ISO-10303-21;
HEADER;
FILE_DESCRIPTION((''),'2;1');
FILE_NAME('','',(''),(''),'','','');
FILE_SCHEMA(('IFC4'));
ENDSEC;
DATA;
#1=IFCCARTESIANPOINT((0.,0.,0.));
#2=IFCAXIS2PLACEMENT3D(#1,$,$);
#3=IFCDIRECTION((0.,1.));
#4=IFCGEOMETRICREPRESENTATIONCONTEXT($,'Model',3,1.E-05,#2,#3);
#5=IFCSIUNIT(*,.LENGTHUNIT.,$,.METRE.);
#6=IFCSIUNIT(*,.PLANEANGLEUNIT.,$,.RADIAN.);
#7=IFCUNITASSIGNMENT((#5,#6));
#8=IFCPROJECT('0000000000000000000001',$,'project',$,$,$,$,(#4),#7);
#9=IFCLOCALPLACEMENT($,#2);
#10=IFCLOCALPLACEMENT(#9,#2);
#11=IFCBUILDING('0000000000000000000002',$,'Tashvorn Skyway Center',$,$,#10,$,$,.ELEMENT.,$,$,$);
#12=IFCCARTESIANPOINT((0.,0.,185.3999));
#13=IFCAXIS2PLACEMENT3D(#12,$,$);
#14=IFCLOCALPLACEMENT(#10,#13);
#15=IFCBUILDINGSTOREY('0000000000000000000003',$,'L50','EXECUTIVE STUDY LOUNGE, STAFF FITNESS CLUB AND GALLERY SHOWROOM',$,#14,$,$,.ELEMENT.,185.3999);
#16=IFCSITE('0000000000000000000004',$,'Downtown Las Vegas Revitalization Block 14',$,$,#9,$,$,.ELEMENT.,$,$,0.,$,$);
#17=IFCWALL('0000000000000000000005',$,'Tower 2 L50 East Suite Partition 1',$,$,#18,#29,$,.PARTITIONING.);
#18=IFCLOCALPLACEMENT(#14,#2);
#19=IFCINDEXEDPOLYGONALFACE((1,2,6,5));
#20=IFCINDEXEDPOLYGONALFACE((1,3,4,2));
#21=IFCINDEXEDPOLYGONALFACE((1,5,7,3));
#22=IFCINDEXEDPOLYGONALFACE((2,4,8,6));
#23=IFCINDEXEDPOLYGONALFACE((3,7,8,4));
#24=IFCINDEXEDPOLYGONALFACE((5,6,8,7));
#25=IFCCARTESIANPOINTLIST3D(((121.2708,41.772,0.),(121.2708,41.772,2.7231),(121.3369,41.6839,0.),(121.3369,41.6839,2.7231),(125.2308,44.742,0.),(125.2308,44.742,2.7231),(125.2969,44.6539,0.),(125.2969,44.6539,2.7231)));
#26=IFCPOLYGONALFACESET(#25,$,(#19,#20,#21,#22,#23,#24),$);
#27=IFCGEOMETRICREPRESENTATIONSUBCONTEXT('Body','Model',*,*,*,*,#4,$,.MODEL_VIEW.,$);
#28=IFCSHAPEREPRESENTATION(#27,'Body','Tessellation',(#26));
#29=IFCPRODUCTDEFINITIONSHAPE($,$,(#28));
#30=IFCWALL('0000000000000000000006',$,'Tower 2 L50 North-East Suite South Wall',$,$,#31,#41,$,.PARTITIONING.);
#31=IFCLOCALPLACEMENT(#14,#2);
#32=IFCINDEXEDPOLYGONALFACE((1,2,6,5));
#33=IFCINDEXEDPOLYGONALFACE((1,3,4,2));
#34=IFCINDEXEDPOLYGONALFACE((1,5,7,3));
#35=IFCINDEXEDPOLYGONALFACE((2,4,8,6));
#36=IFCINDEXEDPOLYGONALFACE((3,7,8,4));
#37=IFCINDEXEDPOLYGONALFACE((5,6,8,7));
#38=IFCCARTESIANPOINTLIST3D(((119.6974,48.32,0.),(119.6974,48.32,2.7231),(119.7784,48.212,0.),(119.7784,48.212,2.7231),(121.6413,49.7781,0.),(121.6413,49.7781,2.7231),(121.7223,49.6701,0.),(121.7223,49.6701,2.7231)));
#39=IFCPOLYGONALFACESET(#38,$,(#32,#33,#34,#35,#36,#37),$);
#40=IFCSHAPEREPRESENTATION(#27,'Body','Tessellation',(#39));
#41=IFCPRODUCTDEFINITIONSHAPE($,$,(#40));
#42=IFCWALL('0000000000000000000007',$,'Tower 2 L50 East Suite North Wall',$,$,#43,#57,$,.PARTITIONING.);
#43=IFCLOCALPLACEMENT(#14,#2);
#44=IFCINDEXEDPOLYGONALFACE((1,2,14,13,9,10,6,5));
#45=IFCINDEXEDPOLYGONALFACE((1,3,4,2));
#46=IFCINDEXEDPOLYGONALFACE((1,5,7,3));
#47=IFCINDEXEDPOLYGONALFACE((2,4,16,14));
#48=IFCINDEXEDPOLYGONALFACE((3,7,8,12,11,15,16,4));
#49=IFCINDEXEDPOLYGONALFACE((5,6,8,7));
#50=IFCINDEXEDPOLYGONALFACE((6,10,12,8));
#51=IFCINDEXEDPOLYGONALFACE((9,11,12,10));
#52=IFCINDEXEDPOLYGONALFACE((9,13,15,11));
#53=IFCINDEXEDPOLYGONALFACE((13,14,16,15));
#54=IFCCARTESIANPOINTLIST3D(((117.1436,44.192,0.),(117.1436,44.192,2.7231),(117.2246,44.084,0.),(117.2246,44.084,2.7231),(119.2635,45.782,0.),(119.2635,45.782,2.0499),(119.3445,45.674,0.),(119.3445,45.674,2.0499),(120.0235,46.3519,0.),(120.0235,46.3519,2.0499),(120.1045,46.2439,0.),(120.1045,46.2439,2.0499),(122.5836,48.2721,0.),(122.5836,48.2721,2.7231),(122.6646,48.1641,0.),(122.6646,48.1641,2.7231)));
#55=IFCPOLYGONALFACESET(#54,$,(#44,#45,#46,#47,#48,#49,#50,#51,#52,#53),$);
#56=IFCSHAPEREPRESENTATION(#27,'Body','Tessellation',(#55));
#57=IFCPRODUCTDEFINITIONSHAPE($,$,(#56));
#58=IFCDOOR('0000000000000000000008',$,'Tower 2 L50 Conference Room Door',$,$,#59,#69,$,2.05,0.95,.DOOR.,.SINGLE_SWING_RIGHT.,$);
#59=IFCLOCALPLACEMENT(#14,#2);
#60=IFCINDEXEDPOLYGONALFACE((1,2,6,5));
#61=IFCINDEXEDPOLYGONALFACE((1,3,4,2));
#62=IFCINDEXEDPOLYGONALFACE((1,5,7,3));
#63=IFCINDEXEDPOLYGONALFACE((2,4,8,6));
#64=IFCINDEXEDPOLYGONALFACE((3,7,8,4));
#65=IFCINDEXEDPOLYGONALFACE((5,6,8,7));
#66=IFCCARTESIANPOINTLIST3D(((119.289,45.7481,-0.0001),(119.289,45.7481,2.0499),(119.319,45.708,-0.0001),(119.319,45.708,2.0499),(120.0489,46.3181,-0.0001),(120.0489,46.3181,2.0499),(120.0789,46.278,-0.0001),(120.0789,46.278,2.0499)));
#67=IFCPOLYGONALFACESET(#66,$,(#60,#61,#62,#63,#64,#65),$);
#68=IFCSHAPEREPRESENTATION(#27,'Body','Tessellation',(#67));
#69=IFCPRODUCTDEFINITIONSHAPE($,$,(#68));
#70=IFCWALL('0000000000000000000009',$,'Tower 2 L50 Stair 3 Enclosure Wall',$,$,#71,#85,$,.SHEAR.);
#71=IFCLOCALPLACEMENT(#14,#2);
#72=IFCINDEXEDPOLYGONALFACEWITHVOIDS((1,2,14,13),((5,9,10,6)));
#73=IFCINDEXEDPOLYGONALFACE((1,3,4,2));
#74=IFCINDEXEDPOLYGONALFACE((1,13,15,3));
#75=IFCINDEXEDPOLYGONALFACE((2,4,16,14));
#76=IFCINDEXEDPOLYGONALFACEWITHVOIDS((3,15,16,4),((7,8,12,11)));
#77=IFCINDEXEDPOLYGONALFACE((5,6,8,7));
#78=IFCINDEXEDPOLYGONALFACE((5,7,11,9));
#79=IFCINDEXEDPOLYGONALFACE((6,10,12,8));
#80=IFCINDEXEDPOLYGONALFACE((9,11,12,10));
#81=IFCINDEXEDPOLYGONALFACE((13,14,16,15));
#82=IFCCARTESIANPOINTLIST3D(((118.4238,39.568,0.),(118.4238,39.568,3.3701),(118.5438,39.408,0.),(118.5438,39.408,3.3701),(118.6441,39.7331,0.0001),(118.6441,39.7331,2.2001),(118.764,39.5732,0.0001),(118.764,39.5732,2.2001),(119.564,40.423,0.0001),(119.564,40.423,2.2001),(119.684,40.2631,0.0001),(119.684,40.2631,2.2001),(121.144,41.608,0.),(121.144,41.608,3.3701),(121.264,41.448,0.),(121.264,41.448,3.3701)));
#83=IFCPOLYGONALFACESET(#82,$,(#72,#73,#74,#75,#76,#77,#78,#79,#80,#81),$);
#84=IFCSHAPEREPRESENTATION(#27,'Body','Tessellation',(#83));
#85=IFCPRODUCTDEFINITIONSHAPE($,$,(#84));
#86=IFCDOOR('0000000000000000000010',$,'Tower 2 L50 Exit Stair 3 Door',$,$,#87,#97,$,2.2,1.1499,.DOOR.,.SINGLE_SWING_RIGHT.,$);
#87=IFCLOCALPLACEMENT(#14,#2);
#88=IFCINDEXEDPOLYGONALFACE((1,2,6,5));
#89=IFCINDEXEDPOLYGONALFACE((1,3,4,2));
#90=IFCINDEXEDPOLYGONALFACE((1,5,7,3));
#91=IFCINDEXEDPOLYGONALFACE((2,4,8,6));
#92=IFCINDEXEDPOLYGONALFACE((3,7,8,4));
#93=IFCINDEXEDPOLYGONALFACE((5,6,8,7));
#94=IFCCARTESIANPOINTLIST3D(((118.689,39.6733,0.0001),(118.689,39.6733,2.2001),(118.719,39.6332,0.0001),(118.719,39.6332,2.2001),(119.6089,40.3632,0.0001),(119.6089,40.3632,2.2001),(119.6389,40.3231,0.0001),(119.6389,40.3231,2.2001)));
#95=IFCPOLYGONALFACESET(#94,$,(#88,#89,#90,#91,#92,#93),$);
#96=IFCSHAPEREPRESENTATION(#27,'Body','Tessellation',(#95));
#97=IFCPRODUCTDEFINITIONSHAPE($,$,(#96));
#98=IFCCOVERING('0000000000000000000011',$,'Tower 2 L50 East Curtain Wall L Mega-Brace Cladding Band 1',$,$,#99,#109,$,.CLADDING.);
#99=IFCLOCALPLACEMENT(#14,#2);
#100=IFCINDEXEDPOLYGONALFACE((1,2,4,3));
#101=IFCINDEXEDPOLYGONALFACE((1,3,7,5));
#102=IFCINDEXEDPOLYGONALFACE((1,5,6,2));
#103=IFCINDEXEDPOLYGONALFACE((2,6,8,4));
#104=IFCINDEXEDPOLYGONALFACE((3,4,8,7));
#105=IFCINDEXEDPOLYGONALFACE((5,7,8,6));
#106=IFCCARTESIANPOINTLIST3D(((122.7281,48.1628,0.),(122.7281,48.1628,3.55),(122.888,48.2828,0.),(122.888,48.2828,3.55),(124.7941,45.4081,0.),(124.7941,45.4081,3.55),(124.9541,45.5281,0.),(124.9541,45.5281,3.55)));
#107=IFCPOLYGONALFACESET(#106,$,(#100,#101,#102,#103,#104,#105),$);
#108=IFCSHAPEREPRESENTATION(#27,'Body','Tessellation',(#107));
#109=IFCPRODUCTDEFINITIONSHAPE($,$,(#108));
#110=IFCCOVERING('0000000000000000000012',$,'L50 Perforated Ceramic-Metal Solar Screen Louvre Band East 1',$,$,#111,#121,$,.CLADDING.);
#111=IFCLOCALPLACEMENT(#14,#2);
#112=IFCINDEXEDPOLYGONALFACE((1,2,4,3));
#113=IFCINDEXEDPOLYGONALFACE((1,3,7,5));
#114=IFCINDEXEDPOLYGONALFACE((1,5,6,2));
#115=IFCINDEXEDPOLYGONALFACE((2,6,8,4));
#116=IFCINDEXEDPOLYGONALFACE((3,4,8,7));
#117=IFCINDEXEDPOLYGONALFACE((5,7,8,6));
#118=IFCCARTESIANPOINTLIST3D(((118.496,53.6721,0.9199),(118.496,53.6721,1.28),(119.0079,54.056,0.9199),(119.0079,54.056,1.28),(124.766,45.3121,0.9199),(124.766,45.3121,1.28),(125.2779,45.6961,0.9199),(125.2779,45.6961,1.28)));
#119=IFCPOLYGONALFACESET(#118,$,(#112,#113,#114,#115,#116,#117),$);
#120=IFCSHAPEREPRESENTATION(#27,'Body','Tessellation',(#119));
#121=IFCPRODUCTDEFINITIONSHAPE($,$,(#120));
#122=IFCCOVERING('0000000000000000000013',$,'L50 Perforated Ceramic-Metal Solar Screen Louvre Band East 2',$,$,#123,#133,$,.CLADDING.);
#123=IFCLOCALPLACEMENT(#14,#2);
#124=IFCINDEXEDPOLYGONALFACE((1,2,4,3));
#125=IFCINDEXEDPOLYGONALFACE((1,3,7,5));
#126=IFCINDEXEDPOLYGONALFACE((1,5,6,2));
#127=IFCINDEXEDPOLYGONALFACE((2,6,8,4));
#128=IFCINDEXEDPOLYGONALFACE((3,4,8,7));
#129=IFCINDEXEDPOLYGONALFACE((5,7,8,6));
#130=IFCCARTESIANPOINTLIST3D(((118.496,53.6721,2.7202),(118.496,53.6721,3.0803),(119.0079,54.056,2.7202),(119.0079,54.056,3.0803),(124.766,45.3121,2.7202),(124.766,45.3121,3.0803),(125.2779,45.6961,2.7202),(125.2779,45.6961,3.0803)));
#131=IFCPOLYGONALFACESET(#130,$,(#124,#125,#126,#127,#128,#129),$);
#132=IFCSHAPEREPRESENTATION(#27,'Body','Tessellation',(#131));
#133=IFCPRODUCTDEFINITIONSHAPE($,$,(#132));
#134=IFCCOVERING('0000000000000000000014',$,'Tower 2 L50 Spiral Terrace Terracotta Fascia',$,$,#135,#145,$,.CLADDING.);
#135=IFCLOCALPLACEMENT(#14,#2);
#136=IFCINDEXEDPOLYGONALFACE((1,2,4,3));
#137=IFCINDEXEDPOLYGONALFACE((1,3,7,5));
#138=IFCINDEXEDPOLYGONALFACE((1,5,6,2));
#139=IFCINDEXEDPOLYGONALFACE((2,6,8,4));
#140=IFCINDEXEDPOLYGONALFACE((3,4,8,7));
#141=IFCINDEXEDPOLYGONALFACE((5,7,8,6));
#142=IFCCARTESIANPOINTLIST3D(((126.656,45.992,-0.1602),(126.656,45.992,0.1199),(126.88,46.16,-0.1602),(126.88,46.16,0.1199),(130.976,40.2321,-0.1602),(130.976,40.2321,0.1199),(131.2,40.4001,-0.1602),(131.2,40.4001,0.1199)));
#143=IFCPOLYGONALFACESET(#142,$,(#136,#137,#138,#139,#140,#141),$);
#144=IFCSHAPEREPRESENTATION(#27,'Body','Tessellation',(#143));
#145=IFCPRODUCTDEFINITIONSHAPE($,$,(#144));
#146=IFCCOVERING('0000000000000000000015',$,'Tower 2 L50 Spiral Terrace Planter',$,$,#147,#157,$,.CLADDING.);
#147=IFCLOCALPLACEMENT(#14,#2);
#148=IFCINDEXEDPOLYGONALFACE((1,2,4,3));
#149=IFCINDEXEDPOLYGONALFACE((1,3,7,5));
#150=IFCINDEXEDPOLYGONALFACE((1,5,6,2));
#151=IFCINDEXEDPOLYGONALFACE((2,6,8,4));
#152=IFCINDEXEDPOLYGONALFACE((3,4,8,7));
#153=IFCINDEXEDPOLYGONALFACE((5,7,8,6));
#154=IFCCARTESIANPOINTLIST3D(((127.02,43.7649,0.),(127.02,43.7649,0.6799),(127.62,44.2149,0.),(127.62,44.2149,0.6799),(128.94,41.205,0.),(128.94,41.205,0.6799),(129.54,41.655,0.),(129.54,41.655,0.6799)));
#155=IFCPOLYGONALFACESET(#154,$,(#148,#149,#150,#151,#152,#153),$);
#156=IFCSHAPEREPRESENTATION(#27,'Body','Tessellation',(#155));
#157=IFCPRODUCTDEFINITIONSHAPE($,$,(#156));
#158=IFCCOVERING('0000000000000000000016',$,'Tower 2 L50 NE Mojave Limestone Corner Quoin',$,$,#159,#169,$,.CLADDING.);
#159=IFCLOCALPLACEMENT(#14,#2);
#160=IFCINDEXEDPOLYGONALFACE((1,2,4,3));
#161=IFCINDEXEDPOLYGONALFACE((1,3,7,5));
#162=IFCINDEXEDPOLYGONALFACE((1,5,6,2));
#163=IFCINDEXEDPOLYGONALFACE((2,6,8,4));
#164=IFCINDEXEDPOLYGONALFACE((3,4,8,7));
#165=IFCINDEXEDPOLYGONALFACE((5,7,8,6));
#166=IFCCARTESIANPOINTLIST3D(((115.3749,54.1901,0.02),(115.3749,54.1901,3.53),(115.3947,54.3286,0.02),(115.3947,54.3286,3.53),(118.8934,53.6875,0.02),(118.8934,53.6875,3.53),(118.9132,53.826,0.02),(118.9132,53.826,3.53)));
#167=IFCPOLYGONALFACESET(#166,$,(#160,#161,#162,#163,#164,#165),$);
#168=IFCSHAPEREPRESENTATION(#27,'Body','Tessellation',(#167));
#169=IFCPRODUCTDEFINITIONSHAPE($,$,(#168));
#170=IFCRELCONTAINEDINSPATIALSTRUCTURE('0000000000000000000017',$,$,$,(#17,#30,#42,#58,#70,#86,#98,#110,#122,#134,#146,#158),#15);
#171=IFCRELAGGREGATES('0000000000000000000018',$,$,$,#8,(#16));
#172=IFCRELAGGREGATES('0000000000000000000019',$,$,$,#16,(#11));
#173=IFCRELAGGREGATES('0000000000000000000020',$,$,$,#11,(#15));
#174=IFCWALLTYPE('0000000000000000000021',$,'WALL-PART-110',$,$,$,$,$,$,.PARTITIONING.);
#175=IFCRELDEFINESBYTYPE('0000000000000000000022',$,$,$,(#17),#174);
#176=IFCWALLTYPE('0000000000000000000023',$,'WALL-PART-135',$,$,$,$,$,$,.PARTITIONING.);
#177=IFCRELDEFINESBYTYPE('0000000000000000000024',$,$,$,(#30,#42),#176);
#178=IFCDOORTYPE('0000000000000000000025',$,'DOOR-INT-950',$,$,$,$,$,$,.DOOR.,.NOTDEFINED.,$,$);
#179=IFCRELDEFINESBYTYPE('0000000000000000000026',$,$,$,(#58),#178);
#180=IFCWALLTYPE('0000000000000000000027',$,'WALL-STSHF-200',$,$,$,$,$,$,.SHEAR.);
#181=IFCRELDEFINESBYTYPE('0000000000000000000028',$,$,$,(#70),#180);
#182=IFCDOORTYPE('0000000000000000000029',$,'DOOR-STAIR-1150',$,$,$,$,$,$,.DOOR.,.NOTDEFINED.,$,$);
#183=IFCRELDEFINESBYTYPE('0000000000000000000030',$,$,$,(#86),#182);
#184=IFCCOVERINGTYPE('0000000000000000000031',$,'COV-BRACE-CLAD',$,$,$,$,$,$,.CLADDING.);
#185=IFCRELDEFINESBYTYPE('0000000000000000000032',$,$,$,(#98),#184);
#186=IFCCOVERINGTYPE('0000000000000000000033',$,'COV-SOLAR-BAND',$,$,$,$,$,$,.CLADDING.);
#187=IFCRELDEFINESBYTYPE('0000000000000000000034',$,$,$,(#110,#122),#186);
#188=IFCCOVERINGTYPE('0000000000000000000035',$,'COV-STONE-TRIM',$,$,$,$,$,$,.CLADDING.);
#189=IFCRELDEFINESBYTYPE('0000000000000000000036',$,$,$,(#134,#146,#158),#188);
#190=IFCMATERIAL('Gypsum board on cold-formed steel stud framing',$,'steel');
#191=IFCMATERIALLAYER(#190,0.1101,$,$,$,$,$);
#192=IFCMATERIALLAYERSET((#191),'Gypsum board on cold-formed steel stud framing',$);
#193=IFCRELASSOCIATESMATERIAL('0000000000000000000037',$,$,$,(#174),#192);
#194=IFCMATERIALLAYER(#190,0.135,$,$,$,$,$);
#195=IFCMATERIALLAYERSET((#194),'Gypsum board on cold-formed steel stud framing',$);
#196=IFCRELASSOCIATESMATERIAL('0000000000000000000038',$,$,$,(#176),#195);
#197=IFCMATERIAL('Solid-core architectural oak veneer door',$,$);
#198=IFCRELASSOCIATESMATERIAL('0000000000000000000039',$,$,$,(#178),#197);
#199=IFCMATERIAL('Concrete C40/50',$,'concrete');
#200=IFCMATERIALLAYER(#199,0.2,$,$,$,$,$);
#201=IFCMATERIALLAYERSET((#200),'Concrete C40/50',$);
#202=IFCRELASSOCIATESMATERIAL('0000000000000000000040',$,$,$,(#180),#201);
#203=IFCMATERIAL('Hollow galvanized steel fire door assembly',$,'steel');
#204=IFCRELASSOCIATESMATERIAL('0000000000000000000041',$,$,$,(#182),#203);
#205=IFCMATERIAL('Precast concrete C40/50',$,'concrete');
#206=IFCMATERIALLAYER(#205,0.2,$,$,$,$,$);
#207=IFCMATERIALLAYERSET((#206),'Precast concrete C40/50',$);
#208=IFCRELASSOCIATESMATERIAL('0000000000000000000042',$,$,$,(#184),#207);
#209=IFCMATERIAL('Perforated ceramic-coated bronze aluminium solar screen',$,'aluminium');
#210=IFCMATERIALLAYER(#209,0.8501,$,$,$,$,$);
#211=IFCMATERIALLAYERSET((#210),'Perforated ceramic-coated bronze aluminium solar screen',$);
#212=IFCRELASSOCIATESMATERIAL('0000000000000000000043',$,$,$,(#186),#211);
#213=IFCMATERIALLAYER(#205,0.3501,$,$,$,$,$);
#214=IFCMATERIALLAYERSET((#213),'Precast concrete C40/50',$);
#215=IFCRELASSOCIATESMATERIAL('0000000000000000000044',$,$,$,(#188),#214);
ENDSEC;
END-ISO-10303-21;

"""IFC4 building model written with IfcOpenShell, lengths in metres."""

from ifc_helpers import new_model, si_unit, direction, frame, frame_2d, origin, origin_2d, place, context, subcontext, project, spatial, rectangle, extrude, material, layer, layer_set, type_object, element, fill, save


model = new_model("IFC4")

# Units and contexts
model_context = context("Model", 3, precision=1e-05, world=origin(), true_north=direction((0.0, 1.0)))
body_context = subcontext(model_context, "Body", "Model", "MODEL_VIEW")
ifc_project = project(units=[si_unit("LENGTHUNIT", "METRE"), si_unit("PLANEANGLEUNIT", "RADIAN")], contexts=[model_context])

# Site, building, storey
site_placement = place(None, origin())
site = spatial("IfcSite", under=ifc_project, at=site_placement, Name="Downtown Las Vegas Revitalization Block 14", CompositionType="ELEMENT", RefElevation=0.0)
building_placement = place(site_placement, origin())
building = spatial("IfcBuilding", under=site, at=building_placement, Name="Tashvorn Skyway Center", CompositionType="ELEMENT")
storey_placement = place(building_placement, frame((0.0, 0.0, 185.3999)))
storey = spatial("IfcBuildingStorey", under=building, at=storey_placement, Name="L50", Description="EXECUTIVE STUDY LOUNGE, STAFF FITNESS CLUB AND GALLERY SHOWROOM", CompositionType="ELEMENT", Elevation=185.3999)

# Shared definitions
ifc_material_1 = material(Name="Precast concrete C40/50", Category="concrete")

# Walls
ifc_material_2 = material(Name="Gypsum board on cold-formed steel stud framing", Category="steel")
ifc_layer_1 = layer(ifc_material_2, 0.1101)
ifc_layer_set_1 = layer_set([ifc_layer_1], Name="Gypsum board on cold-formed steel stud framing")
wall_type_1 = type_object("IfcWallType", Name="WALL-PART-110", PredefinedType="PARTITIONING", material=ifc_layer_set_1)
wall_1_placement = place(storey_placement, frame((125.2639, 44.698, 0.0), z_axis=(0.0, 0.0, 1.0), x_axis=(-0.8, -0.6, 0.0)))
element("IfcWall", 1, at=wall_1_placement, inside=storey, type_object=wall_type_1, Name="Tower 2 L50 East Suite Partition 1", PredefinedType="PARTITIONING", context=body_context, shape_type="SweptSolid", body=[
    extrude(rectangle(XDim=4.95, YDim=0.1101, at=frame_2d((2.4751, 0.0))), origin(), (0.0, 0.0, 1.0), 2.7231),
])
ifc_layer_2 = layer(ifc_material_2, 0.135)
ifc_layer_set_2 = layer_set([ifc_layer_2], Name="Gypsum board on cold-formed steel stud framing")
wall_type_2 = type_object("IfcWallType", Name="WALL-PART-135", PredefinedType="PARTITIONING", material=ifc_layer_set_2)
wall_2_placement = place(storey_placement, frame((119.738, 48.2661, 0.0), z_axis=(0.0, 0.0, 1.0), x_axis=(0.799976, 0.600032, 0.0)))
element("IfcWall", 2, at=wall_2_placement, inside=storey, type_object=wall_type_2, Name="Tower 2 L50 North-East Suite South Wall", PredefinedType="PARTITIONING", context=body_context, shape_type="SweptSolid", body=[
    extrude(rectangle(XDim=2.4299, YDim=0.135, at=frame_2d((1.2148, 0.0))), origin(), (0.0, 0.0, 1.0), 2.7231),
])

# Walls, openings, doors
wall_3_placement = place(storey_placement, frame((122.624, 48.218, 0.0), z_axis=(0.0, 0.0, 1.0), x_axis=(-0.799991, -0.600011, 0.0)))
wall_3 = element("IfcWall", 3, at=wall_3_placement, inside=storey, type_object=wall_type_2, Name="Tower 2 L50 East Suite North Wall", PredefinedType="PARTITIONING", context=body_context, shape_type="SweptSolid", body=[
    extrude(rectangle(XDim=6.8, YDim=0.135, at=frame_2d((3.3999, 0.0))), origin(), (0.0, 0.0, 1.0), 2.7231),
])
opening_1_placement = place(wall_3_placement, frame((3.2, 0.0, 0.0)))
opening_1 = element("IfcOpeningElement", 4, at=opening_1_placement, cuts=wall_3, PredefinedType="OPENING", context=body_context, shape_type="SweptSolid", body=[
    extrude(rectangle(XDim=0.95, YDim=2.05, at=frame_2d((0.4751, 1.0249))), frame((0.0, 0.0774, 0.0), z_axis=(0.0, -1.0, 0.0), x_axis=(1.0, 0.0, 0.0)), (0.0, 0.0, 1.0), 0.155),
])
ifc_material_3 = material(Name="Solid-core architectural oak veneer door")
door_type_1 = type_object("IfcDoorType", Name="DOOR-INT-950", OperationType="NOTDEFINED", PredefinedType="DOOR", material=ifc_material_3)
door_1_placement = place(opening_1_placement, origin())
door_1 = element("IfcDoor", 5, at=door_1_placement, inside=storey, type_object=door_type_1, Name="Tower 2 L50 Conference Room Door", OperationType="SINGLE_SWING_RIGHT", OverallHeight=2.05, OverallWidth=0.95, PredefinedType="DOOR", context=body_context, shape_type="SweptSolid", body=[
    extrude(rectangle(XDim=0.95, YDim=2.05, at=frame_2d((0.4751, 1.0249))), frame((0.0, 0.0249, 0.0), z_axis=(0.0, -1.0, 0.0), x_axis=(1.0, 0.0, 0.0)), (0.0, 0.0, 1.0), 0.05),
])
fill(opening_1, door_1)
ifc_material_4 = material(Name="Concrete C40/50", Category="concrete")
ifc_layer_3 = layer(ifc_material_4, 0.2)
ifc_layer_set_3 = layer_set([ifc_layer_3], Name="Concrete C40/50")
wall_type_3 = type_object("IfcWallType", Name="WALL-STSHF-200", PredefinedType="SHEAR", material=ifc_layer_set_3)
wall_4_placement = place(storey_placement, frame((121.2041, 41.5281, 0.0), z_axis=(0.0, 0.0, 1.0), x_axis=(-0.800017, -0.599977, 0.0)))
wall_4 = element("IfcWall", 6, at=wall_4_placement, inside=storey, type_object=wall_type_3, Name="Tower 2 L50 Stair 3 Enclosure Wall", PredefinedType="SHEAR", context=body_context, shape_type="SweptSolid", body=[
    extrude(rectangle(XDim=3.4001, YDim=0.2, at=frame_2d((1.7002, 0.0))), origin(), (0.0, 0.0, 1.0), 3.3701),
])
opening_2_placement = place(wall_4_placement, frame((1.9751, 0.0, 0.0)))
opening_2 = element("IfcOpeningElement", 7, at=opening_2_placement, cuts=wall_4, PredefinedType="OPENING", context=body_context, shape_type="SweptSolid", body=[
    extrude(rectangle(XDim=1.1499, YDim=2.2, at=frame_2d((0.575, 1.1001))), frame((0.0, 0.1099, 0.0), z_axis=(0.0, -1.0, 0.0), x_axis=(1.0, 0.0, 0.0)), (0.0, 0.0, 1.0), 0.22),
])
ifc_material_5 = material(Name="Hollow galvanized steel fire door assembly", Category="steel")
door_type_2 = type_object("IfcDoorType", Name="DOOR-STAIR-1150", OperationType="NOTDEFINED", PredefinedType="DOOR", material=ifc_material_5)
door_2_placement = place(opening_2_placement, origin())
door_2 = element("IfcDoor", 8, at=door_2_placement, inside=storey, type_object=door_type_2, Name="Tower 2 L50 Exit Stair 3 Door", OperationType="SINGLE_SWING_RIGHT", OverallHeight=2.2, OverallWidth=1.1499, PredefinedType="DOOR", context=body_context, shape_type="SweptSolid", body=[
    extrude(rectangle(XDim=1.1499, YDim=2.2, at=frame_2d((0.575, 1.1001))), frame((0.0, 0.0249, 0.0), z_axis=(0.0, -1.0, 0.0), x_axis=(1.0, 0.0, 0.0)), (0.0, 0.0, 1.0), 0.05),
])
fill(opening_2, door_2)

# Coverings
ifc_layer_4 = layer(ifc_material_1, 0.2)
ifc_layer_set_4 = layer_set([ifc_layer_4], Name="Precast concrete C40/50")
covering_type_1 = type_object("IfcCoveringType", Name="COV-BRACE-CLAD", PredefinedType="CLADDING", material=ifc_layer_set_4)
covering_1_placement = place(storey_placement, frame((123.8411, 46.8455, 0.0), z_axis=(0.0, 0.0, 1.0), x_axis=(0.6, -0.8, 0.0)))
element("IfcCovering", 9, at=covering_1_placement, inside=storey, type_object=covering_type_1, Name="Tower 2 L50 East Curtain Wall L Mega-Brace Cladding Band 1", PredefinedType="CLADDING", context=body_context, shape_type="SweptSolid", body=[
    extrude(rectangle(XDim=3.4434, YDim=0.2, at=origin_2d()), origin(), (0.0, 0.0, 1.0), 3.55),
])
ifc_material_6 = material(Name="Perforated ceramic-coated bronze aluminium solar screen", Category="aluminium")
ifc_layer_5 = layer(ifc_material_6, 0.8501)
ifc_layer_set_5 = layer_set([ifc_layer_5], Name="Perforated ceramic-coated bronze aluminium solar screen")
covering_type_2 = type_object("IfcCoveringType", Name="COV-SOLAR-BAND", PredefinedType="CLADDING", material=ifc_layer_set_5)
for number, where, z_axis, x_axis, name in (
    (10, (121.887, 49.6841, 0.9199), (0.0, 0.0, 1.0), (0.6, -0.8, 0.0), "L50 Perforated Ceramic-Metal Solar Screen Louvre Band East 1"),
    (11, (121.887, 49.6841, 2.7202), (0.0, 0.0, 1.0), (0.6, -0.8, 0.0), "L50 Perforated Ceramic-Metal Solar Screen Louvre Band East 2"),
):
    element("IfcCovering", number, at=place(storey_placement, frame(where, z_axis=z_axis, x_axis=x_axis)), inside=storey, type_object=covering_type_2, Name=name, PredefinedType="CLADDING", context=body_context, shape_type="SweptSolid", body=[
        extrude(rectangle(XDim=10.45, YDim=0.6399, at=origin_2d()), origin(), (0.0, 0.0, 1.0), 0.3601),
    ])
ifc_layer_6 = layer(ifc_material_1, 0.3501)
ifc_layer_set_6 = layer_set([ifc_layer_6], Name="Precast concrete C40/50")
covering_type_3 = type_object("IfcCoveringType", Name="COV-STONE-TRIM", PredefinedType="CLADDING", material=ifc_layer_set_6)
covering_2_placement = place(storey_placement, frame((128.928, 43.196, -0.1602), z_axis=(0.0, 0.0, 1.0), x_axis=(0.6, -0.8, 0.0)))
element("IfcCovering", 12, at=covering_2_placement, inside=storey, type_object=covering_type_3, Name="Tower 2 L50 Spiral Terrace Terracotta Fascia", PredefinedType="CLADDING", context=body_context, shape_type="SweptSolid", body=[
    extrude(rectangle(XDim=7.2, YDim=0.28, at=origin_2d()), origin(), (0.0, 0.0, 1.0), 0.28),
])
covering_3_placement = place(storey_placement, frame((128.28, 42.71, 0.0), z_axis=(0.0, 0.0, 1.0), x_axis=(0.6, -0.8, 0.0)))
element("IfcCovering", 13, at=covering_3_placement, inside=storey, type_object=covering_type_3, Name="Tower 2 L50 Spiral Terrace Planter", PredefinedType="CLADDING", context=body_context, shape_type="SweptSolid", body=[
    extrude(rectangle(XDim=3.2, YDim=0.75, at=origin_2d()), origin(), (0.0, 0.0, 1.0), 0.6799),
])
covering_4_placement = place(storey_placement, frame((117.144, 54.0081, 0.02), z_axis=(0.0, 0.0, 1.0), x_axis=(0.989949, -0.141421, 0.0)))
element("IfcCovering", 14, at=covering_4_placement, inside=storey, type_object=covering_type_3, Name="Tower 2 L50 NE Mojave Limestone Corner Quoin", PredefinedType="CLADDING", context=body_context, shape_type="SweptSolid", body=[
    extrude(rectangle(XDim=3.5542, YDim=0.1399, at=origin_2d()), origin(), (0.0, 0.0, 1.0), 3.51),
])

save(model, "model.ifc")
